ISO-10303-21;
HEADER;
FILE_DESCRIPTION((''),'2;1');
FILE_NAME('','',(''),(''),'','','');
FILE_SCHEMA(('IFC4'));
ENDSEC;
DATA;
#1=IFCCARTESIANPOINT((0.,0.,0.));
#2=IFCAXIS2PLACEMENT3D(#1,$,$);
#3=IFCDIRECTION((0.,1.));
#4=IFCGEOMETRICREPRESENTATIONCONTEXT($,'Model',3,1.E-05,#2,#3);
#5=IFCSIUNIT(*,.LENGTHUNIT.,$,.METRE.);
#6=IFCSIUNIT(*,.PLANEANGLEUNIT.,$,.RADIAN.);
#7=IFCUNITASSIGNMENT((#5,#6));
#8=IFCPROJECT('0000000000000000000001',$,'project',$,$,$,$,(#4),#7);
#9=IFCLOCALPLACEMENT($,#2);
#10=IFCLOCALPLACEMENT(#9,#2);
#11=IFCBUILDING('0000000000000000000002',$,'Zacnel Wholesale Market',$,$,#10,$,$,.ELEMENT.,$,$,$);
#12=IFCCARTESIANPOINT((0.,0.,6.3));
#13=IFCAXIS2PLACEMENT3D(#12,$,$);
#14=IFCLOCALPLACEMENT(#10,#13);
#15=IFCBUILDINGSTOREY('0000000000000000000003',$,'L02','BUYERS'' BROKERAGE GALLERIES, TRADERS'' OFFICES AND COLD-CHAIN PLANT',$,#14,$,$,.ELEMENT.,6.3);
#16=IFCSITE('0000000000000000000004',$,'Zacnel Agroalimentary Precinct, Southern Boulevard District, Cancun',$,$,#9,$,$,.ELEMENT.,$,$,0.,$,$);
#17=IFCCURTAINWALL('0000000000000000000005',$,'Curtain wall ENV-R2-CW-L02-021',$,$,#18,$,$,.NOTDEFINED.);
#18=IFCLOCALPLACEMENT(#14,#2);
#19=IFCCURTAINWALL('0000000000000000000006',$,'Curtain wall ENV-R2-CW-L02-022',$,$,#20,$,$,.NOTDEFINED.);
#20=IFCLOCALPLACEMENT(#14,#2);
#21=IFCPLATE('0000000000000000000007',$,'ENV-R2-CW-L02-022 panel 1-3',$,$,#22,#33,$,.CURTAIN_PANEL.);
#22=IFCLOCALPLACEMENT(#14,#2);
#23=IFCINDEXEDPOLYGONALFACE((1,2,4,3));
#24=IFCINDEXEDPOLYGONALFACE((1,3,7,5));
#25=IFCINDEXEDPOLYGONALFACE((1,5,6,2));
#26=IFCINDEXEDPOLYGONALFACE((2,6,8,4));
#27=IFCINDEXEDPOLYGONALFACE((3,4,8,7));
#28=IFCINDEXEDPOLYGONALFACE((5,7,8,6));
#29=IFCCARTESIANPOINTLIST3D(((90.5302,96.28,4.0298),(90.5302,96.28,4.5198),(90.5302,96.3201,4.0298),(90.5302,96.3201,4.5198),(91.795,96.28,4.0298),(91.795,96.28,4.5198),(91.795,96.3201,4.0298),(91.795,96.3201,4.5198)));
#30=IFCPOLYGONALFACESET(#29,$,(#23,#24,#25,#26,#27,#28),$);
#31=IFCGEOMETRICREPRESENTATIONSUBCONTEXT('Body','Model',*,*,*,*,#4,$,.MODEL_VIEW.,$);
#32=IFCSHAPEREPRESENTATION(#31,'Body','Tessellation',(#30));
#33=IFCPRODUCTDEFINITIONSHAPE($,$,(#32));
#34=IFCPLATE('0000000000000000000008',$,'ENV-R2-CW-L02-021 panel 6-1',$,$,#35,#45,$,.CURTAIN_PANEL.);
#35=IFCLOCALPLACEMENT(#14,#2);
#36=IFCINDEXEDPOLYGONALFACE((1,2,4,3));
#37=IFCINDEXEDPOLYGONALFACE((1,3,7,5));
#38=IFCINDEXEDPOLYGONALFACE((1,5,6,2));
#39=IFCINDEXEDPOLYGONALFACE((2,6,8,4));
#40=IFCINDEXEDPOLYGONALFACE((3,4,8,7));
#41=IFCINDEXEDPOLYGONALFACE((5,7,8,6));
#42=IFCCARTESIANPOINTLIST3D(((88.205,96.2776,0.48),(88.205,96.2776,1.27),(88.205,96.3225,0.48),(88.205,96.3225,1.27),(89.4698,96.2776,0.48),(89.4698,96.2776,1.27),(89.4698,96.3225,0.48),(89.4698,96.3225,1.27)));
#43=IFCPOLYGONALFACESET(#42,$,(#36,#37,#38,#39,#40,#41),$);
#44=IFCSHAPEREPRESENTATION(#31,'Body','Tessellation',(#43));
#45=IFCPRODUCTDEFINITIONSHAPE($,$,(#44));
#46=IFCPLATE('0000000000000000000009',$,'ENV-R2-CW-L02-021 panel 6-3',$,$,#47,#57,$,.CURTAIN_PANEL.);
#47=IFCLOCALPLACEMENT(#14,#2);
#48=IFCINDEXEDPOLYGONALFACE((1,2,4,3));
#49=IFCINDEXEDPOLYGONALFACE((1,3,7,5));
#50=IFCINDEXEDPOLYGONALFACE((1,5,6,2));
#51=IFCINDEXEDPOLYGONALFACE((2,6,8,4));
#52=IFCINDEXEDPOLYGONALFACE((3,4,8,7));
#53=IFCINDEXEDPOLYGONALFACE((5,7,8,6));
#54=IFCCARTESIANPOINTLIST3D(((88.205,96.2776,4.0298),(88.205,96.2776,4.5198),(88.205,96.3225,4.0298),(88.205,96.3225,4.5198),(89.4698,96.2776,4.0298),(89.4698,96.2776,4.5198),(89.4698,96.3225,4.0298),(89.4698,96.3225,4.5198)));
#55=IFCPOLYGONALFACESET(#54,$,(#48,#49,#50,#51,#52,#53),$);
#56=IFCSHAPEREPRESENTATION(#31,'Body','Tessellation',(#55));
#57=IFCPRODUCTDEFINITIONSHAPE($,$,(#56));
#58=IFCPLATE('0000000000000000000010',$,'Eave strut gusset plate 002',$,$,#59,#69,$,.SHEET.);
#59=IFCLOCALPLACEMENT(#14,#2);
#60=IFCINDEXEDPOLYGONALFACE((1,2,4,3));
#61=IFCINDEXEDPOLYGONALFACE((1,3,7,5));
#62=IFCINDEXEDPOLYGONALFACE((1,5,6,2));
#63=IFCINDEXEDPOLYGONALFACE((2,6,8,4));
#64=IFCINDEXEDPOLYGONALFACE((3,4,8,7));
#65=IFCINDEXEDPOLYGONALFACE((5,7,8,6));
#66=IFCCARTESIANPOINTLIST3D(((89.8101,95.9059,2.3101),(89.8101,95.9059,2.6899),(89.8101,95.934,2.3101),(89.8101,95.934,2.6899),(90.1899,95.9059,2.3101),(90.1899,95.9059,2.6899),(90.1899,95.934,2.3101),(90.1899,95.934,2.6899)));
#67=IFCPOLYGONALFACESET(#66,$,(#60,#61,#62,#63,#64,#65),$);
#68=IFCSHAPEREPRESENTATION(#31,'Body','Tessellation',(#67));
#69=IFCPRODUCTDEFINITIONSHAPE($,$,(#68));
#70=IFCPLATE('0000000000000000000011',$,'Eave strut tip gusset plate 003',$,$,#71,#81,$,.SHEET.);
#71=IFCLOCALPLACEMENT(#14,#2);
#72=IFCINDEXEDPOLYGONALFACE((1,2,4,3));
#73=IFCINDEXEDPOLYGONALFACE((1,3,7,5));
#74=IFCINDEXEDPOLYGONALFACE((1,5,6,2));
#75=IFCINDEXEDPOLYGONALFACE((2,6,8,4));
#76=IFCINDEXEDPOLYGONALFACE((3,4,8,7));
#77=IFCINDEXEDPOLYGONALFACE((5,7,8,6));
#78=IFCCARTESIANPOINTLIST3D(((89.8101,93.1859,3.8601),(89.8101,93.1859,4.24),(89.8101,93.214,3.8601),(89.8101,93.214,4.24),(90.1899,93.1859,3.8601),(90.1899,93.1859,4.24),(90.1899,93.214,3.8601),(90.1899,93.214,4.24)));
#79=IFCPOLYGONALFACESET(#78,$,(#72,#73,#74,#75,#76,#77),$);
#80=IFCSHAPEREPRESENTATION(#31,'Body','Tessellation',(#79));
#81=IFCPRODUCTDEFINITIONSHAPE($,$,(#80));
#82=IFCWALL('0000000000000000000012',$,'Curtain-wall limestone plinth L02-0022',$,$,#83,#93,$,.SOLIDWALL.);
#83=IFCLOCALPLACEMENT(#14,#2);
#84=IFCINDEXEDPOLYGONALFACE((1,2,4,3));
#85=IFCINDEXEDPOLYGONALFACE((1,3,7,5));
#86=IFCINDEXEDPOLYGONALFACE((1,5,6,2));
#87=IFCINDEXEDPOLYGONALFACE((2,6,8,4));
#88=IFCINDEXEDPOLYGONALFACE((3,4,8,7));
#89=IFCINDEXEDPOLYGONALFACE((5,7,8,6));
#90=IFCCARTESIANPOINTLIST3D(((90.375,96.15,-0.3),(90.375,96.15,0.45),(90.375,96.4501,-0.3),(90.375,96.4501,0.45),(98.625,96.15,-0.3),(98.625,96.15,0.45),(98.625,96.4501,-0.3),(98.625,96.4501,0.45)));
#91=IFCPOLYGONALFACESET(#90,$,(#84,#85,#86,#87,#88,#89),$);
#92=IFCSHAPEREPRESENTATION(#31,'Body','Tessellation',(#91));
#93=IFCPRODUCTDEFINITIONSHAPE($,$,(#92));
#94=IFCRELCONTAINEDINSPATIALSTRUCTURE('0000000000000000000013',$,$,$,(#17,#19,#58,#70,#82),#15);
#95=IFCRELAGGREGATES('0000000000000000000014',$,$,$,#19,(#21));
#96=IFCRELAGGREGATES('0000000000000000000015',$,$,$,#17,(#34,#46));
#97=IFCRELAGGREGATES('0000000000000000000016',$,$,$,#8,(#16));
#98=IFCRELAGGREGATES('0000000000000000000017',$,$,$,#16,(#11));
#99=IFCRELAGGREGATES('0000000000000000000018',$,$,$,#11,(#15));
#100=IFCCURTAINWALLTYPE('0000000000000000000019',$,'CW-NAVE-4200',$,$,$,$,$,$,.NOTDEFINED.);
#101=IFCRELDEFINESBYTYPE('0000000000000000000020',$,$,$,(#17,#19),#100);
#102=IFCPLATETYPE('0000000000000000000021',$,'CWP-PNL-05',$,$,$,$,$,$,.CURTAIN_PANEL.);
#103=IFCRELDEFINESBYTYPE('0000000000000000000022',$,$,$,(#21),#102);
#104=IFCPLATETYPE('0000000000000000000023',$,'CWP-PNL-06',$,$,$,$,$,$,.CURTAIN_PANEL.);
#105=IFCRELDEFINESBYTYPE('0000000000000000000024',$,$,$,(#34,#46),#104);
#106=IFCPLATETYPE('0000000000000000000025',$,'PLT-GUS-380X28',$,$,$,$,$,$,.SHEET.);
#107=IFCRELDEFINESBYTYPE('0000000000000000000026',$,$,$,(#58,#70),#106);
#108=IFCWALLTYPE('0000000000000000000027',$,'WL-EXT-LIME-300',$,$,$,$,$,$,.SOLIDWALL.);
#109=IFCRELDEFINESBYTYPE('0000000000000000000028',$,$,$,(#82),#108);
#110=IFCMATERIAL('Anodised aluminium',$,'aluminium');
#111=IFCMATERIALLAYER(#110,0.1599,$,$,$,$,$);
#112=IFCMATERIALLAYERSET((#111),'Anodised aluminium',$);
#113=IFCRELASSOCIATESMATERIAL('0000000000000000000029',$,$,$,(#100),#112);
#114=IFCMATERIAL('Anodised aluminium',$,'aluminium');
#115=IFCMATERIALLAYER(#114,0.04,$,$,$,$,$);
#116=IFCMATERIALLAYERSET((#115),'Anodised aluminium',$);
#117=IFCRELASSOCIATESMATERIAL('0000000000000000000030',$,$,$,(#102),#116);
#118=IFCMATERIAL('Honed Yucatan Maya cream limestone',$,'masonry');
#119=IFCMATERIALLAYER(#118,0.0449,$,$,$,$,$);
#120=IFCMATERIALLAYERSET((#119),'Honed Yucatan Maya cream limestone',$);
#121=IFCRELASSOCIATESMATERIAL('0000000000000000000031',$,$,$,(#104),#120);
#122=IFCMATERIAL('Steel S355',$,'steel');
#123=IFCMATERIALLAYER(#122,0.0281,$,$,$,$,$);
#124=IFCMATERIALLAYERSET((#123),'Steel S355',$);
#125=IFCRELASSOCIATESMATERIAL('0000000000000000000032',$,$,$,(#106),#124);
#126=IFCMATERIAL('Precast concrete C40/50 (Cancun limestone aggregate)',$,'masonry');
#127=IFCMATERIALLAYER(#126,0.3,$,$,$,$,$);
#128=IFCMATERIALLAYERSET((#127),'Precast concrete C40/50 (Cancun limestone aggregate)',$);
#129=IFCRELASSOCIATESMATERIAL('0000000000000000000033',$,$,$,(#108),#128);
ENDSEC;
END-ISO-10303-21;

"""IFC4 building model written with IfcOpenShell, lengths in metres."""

from ifc_helpers import new_model, si_unit, direction, frame, frame_2d, origin, origin_2d, place, context, subcontext, project, spatial, rectangle, extrude, material, layer, layer_set, type_object, element, aggregate, save


model = new_model("IFC4")

# Units and contexts
model_context = context("Model", 3, precision=1e-05, world=origin(), true_north=direction((0.0, 1.0)))
body_context = subcontext(model_context, "Body", "Model", "MODEL_VIEW")
ifc_project = project(units=[si_unit("LENGTHUNIT", "METRE"), si_unit("PLANEANGLEUNIT", "RADIAN")], contexts=[model_context])

# Site, building, storey
site_placement = place(None, origin())
site = spatial("IfcSite", under=ifc_project, at=site_placement, Name="Zacnel Agroalimentary Precinct, Southern Boulevard District, Cancun", CompositionType="ELEMENT", RefElevation=0.0)
building_placement = place(site_placement, origin())
building = spatial("IfcBuilding", under=site, at=building_placement, Name="Zacnel Wholesale Market", CompositionType="ELEMENT")
storey_placement = place(building_placement, frame((0.0, 0.0, 6.3)))
storey = spatial("IfcBuildingStorey", under=building, at=storey_placement, Name="L02", Description="BUYERS' BROKERAGE GALLERIES, TRADERS' OFFICES AND COLD-CHAIN PLANT", CompositionType="ELEMENT", Elevation=6.3)

# Curtain walls
ifc_material_1 = material(Name="Anodised aluminium", Category="aluminium")
ifc_layer_1 = layer(ifc_material_1, 0.1599)
ifc_layer_set_1 = layer_set([ifc_layer_1], Name="Anodised aluminium")
curtain_wall_type = type_object("IfcCurtainWallType", Name="CW-NAVE-4200", PredefinedType="NOTDEFINED", material=ifc_layer_set_1)
curtain_wall_1_placement = place(storey_placement, origin())
curtain_wall_1 = element("IfcCurtainWall", 1, at=curtain_wall_1_placement, inside=storey, type_object=curtain_wall_type, Name="Curtain wall ENV-R2-CW-L02-021", PredefinedType="NOTDEFINED")
curtain_wall_2_placement = place(storey_placement, origin())
curtain_wall_2 = element("IfcCurtainWall", 2, at=curtain_wall_2_placement, inside=storey, type_object=curtain_wall_type, Name="Curtain wall ENV-R2-CW-L02-022", PredefinedType="NOTDEFINED")

# Plates
ifc_material_2 = material(Name="Anodised aluminium", Category="aluminium")
ifc_layer_2 = layer(ifc_material_2, 0.04)
ifc_layer_set_2 = layer_set([ifc_layer_2], Name="Anodised aluminium")
plate_type_1 = type_object("IfcPlateType", Name="CWP-PNL-05", PredefinedType="CURTAIN_PANEL", material=ifc_layer_set_2)
plate_1_placement = place(storey_placement, frame((91.1626, 96.3, 4.0298), z_axis=(0.0, 0.0, 1.0), x_axis=(1.0, 0.0, 0.0)))
plate_1 = element("IfcPlate", 3, at=plate_1_placement, type_object=plate_type_1, Name="ENV-R2-CW-L02-022 panel 1-3", PredefinedType="CURTAIN_PANEL", context=body_context, shape_type="SweptSolid", body=[
    extrude(rectangle(XDim=1.2649, YDim=0.04, at=origin_2d()), origin(), (0.0, 0.0, 1.0), 0.49),
])
aggregate(curtain_wall_2, [plate_1])
ifc_material_3 = material(Name="Honed Yucatan Maya cream limestone", Category="masonry")
ifc_layer_3 = layer(ifc_material_3, 0.0449)
ifc_layer_set_3 = layer_set([ifc_layer_3], Name="Honed Yucatan Maya cream limestone")
plate_type_2 = type_object("IfcPlateType", Name="CWP-PNL-06", PredefinedType="CURTAIN_PANEL", material=ifc_layer_set_3)
plate_2_placement = place(storey_placement, frame((88.8374, 96.3, 0.48), z_axis=(0.0, 0.0, 1.0), x_axis=(1.0, 0.0, 0.0)))
plate_2 = element("IfcPlate", 4, at=plate_2_placement, type_object=plate_type_2, Name="ENV-R2-CW-L02-021 panel 6-1", PredefinedType="CURTAIN_PANEL", context=body_context, shape_type="SweptSolid", body=[
    extrude(rectangle(XDim=1.2649, YDim=0.0449, at=origin_2d()), origin(), (0.0, 0.0, 1.0), 0.79),
])
plate_3_placement = place(storey_placement, frame((88.8374, 96.3, 4.0298), z_axis=(0.0, 0.0, 1.0), x_axis=(1.0, 0.0, 0.0)))
plate_3 = element("IfcPlate", 5, at=plate_3_placement, type_object=plate_type_2, Name="ENV-R2-CW-L02-021 panel 6-3", PredefinedType="CURTAIN_PANEL", context=body_context, shape_type="SweptSolid", body=[
    extrude(rectangle(XDim=1.2649, YDim=0.0449, at=origin_2d()), origin(), (0.0, 0.0, 1.0), 0.49),
])
aggregate(curtain_wall_1, [plate_2, plate_3])

# Plates
ifc_material_4 = material(Name="Steel S355", Category="steel")
ifc_layer_4 = layer(ifc_material_4, 0.0281)
ifc_layer_set_4 = layer_set([ifc_layer_4], Name="Steel S355")
plate_type_3 = type_object("IfcPlateType", Name="PLT-GUS-380X28", PredefinedType="SHEET", material=ifc_layer_set_4)
for number, where, z_axis, x_axis, name in (
    (6, (90.0, 95.9199, 2.3101), (0.0, 0.0, 1.0), (1.0, 0.0, 0.0), "Eave strut gusset plate 002"),
    (7, (90.0, 93.2, 3.8601), (0.0, 0.0, 1.0), (1.0, 0.0, 0.0), "Eave strut tip gusset plate 003"),
):
    element("IfcPlate", number, at=place(storey_placement, frame(where, z_axis=z_axis, x_axis=x_axis)), inside=storey, type_object=plate_type_3, Name=name, PredefinedType="SHEET", context=body_context, shape_type="SweptSolid", body=[
        extrude(rectangle(XDim=0.3799, YDim=0.0281, at=origin_2d()), origin(), (0.0, 0.0, 1.0), 0.3799),
    ])

# Wall
ifc_material_5 = material(Name="Precast concrete C40/50 (Cancun limestone aggregate)", Category="masonry")
ifc_layer_5 = layer(ifc_material_5, 0.3)
ifc_layer_set_5 = layer_set([ifc_layer_5], Name="Precast concrete C40/50 (Cancun limestone aggregate)")
wall_type = type_object("IfcWallType", Name="WL-EXT-LIME-300", PredefinedType="SOLIDWALL", material=ifc_layer_set_5)
wall_placement = place(storey_placement, frame((90.375, 96.3, -0.3), z_axis=(0.0, 0.0, 1.0), x_axis=(1.0, 0.0, 0.0)))
element("IfcWall", 8, at=wall_placement, inside=storey, type_object=wall_type, Name="Curtain-wall limestone plinth L02-0022", PredefinedType="SOLIDWALL", context=body_context, shape_type="SweptSolid", body=[
    extrude(rectangle(XDim=8.25, YDim=0.3, at=frame_2d((4.125, 0.0))), origin(), (0.0, 0.0, 1.0), 0.75),
])

save(model, "model.ifc")
